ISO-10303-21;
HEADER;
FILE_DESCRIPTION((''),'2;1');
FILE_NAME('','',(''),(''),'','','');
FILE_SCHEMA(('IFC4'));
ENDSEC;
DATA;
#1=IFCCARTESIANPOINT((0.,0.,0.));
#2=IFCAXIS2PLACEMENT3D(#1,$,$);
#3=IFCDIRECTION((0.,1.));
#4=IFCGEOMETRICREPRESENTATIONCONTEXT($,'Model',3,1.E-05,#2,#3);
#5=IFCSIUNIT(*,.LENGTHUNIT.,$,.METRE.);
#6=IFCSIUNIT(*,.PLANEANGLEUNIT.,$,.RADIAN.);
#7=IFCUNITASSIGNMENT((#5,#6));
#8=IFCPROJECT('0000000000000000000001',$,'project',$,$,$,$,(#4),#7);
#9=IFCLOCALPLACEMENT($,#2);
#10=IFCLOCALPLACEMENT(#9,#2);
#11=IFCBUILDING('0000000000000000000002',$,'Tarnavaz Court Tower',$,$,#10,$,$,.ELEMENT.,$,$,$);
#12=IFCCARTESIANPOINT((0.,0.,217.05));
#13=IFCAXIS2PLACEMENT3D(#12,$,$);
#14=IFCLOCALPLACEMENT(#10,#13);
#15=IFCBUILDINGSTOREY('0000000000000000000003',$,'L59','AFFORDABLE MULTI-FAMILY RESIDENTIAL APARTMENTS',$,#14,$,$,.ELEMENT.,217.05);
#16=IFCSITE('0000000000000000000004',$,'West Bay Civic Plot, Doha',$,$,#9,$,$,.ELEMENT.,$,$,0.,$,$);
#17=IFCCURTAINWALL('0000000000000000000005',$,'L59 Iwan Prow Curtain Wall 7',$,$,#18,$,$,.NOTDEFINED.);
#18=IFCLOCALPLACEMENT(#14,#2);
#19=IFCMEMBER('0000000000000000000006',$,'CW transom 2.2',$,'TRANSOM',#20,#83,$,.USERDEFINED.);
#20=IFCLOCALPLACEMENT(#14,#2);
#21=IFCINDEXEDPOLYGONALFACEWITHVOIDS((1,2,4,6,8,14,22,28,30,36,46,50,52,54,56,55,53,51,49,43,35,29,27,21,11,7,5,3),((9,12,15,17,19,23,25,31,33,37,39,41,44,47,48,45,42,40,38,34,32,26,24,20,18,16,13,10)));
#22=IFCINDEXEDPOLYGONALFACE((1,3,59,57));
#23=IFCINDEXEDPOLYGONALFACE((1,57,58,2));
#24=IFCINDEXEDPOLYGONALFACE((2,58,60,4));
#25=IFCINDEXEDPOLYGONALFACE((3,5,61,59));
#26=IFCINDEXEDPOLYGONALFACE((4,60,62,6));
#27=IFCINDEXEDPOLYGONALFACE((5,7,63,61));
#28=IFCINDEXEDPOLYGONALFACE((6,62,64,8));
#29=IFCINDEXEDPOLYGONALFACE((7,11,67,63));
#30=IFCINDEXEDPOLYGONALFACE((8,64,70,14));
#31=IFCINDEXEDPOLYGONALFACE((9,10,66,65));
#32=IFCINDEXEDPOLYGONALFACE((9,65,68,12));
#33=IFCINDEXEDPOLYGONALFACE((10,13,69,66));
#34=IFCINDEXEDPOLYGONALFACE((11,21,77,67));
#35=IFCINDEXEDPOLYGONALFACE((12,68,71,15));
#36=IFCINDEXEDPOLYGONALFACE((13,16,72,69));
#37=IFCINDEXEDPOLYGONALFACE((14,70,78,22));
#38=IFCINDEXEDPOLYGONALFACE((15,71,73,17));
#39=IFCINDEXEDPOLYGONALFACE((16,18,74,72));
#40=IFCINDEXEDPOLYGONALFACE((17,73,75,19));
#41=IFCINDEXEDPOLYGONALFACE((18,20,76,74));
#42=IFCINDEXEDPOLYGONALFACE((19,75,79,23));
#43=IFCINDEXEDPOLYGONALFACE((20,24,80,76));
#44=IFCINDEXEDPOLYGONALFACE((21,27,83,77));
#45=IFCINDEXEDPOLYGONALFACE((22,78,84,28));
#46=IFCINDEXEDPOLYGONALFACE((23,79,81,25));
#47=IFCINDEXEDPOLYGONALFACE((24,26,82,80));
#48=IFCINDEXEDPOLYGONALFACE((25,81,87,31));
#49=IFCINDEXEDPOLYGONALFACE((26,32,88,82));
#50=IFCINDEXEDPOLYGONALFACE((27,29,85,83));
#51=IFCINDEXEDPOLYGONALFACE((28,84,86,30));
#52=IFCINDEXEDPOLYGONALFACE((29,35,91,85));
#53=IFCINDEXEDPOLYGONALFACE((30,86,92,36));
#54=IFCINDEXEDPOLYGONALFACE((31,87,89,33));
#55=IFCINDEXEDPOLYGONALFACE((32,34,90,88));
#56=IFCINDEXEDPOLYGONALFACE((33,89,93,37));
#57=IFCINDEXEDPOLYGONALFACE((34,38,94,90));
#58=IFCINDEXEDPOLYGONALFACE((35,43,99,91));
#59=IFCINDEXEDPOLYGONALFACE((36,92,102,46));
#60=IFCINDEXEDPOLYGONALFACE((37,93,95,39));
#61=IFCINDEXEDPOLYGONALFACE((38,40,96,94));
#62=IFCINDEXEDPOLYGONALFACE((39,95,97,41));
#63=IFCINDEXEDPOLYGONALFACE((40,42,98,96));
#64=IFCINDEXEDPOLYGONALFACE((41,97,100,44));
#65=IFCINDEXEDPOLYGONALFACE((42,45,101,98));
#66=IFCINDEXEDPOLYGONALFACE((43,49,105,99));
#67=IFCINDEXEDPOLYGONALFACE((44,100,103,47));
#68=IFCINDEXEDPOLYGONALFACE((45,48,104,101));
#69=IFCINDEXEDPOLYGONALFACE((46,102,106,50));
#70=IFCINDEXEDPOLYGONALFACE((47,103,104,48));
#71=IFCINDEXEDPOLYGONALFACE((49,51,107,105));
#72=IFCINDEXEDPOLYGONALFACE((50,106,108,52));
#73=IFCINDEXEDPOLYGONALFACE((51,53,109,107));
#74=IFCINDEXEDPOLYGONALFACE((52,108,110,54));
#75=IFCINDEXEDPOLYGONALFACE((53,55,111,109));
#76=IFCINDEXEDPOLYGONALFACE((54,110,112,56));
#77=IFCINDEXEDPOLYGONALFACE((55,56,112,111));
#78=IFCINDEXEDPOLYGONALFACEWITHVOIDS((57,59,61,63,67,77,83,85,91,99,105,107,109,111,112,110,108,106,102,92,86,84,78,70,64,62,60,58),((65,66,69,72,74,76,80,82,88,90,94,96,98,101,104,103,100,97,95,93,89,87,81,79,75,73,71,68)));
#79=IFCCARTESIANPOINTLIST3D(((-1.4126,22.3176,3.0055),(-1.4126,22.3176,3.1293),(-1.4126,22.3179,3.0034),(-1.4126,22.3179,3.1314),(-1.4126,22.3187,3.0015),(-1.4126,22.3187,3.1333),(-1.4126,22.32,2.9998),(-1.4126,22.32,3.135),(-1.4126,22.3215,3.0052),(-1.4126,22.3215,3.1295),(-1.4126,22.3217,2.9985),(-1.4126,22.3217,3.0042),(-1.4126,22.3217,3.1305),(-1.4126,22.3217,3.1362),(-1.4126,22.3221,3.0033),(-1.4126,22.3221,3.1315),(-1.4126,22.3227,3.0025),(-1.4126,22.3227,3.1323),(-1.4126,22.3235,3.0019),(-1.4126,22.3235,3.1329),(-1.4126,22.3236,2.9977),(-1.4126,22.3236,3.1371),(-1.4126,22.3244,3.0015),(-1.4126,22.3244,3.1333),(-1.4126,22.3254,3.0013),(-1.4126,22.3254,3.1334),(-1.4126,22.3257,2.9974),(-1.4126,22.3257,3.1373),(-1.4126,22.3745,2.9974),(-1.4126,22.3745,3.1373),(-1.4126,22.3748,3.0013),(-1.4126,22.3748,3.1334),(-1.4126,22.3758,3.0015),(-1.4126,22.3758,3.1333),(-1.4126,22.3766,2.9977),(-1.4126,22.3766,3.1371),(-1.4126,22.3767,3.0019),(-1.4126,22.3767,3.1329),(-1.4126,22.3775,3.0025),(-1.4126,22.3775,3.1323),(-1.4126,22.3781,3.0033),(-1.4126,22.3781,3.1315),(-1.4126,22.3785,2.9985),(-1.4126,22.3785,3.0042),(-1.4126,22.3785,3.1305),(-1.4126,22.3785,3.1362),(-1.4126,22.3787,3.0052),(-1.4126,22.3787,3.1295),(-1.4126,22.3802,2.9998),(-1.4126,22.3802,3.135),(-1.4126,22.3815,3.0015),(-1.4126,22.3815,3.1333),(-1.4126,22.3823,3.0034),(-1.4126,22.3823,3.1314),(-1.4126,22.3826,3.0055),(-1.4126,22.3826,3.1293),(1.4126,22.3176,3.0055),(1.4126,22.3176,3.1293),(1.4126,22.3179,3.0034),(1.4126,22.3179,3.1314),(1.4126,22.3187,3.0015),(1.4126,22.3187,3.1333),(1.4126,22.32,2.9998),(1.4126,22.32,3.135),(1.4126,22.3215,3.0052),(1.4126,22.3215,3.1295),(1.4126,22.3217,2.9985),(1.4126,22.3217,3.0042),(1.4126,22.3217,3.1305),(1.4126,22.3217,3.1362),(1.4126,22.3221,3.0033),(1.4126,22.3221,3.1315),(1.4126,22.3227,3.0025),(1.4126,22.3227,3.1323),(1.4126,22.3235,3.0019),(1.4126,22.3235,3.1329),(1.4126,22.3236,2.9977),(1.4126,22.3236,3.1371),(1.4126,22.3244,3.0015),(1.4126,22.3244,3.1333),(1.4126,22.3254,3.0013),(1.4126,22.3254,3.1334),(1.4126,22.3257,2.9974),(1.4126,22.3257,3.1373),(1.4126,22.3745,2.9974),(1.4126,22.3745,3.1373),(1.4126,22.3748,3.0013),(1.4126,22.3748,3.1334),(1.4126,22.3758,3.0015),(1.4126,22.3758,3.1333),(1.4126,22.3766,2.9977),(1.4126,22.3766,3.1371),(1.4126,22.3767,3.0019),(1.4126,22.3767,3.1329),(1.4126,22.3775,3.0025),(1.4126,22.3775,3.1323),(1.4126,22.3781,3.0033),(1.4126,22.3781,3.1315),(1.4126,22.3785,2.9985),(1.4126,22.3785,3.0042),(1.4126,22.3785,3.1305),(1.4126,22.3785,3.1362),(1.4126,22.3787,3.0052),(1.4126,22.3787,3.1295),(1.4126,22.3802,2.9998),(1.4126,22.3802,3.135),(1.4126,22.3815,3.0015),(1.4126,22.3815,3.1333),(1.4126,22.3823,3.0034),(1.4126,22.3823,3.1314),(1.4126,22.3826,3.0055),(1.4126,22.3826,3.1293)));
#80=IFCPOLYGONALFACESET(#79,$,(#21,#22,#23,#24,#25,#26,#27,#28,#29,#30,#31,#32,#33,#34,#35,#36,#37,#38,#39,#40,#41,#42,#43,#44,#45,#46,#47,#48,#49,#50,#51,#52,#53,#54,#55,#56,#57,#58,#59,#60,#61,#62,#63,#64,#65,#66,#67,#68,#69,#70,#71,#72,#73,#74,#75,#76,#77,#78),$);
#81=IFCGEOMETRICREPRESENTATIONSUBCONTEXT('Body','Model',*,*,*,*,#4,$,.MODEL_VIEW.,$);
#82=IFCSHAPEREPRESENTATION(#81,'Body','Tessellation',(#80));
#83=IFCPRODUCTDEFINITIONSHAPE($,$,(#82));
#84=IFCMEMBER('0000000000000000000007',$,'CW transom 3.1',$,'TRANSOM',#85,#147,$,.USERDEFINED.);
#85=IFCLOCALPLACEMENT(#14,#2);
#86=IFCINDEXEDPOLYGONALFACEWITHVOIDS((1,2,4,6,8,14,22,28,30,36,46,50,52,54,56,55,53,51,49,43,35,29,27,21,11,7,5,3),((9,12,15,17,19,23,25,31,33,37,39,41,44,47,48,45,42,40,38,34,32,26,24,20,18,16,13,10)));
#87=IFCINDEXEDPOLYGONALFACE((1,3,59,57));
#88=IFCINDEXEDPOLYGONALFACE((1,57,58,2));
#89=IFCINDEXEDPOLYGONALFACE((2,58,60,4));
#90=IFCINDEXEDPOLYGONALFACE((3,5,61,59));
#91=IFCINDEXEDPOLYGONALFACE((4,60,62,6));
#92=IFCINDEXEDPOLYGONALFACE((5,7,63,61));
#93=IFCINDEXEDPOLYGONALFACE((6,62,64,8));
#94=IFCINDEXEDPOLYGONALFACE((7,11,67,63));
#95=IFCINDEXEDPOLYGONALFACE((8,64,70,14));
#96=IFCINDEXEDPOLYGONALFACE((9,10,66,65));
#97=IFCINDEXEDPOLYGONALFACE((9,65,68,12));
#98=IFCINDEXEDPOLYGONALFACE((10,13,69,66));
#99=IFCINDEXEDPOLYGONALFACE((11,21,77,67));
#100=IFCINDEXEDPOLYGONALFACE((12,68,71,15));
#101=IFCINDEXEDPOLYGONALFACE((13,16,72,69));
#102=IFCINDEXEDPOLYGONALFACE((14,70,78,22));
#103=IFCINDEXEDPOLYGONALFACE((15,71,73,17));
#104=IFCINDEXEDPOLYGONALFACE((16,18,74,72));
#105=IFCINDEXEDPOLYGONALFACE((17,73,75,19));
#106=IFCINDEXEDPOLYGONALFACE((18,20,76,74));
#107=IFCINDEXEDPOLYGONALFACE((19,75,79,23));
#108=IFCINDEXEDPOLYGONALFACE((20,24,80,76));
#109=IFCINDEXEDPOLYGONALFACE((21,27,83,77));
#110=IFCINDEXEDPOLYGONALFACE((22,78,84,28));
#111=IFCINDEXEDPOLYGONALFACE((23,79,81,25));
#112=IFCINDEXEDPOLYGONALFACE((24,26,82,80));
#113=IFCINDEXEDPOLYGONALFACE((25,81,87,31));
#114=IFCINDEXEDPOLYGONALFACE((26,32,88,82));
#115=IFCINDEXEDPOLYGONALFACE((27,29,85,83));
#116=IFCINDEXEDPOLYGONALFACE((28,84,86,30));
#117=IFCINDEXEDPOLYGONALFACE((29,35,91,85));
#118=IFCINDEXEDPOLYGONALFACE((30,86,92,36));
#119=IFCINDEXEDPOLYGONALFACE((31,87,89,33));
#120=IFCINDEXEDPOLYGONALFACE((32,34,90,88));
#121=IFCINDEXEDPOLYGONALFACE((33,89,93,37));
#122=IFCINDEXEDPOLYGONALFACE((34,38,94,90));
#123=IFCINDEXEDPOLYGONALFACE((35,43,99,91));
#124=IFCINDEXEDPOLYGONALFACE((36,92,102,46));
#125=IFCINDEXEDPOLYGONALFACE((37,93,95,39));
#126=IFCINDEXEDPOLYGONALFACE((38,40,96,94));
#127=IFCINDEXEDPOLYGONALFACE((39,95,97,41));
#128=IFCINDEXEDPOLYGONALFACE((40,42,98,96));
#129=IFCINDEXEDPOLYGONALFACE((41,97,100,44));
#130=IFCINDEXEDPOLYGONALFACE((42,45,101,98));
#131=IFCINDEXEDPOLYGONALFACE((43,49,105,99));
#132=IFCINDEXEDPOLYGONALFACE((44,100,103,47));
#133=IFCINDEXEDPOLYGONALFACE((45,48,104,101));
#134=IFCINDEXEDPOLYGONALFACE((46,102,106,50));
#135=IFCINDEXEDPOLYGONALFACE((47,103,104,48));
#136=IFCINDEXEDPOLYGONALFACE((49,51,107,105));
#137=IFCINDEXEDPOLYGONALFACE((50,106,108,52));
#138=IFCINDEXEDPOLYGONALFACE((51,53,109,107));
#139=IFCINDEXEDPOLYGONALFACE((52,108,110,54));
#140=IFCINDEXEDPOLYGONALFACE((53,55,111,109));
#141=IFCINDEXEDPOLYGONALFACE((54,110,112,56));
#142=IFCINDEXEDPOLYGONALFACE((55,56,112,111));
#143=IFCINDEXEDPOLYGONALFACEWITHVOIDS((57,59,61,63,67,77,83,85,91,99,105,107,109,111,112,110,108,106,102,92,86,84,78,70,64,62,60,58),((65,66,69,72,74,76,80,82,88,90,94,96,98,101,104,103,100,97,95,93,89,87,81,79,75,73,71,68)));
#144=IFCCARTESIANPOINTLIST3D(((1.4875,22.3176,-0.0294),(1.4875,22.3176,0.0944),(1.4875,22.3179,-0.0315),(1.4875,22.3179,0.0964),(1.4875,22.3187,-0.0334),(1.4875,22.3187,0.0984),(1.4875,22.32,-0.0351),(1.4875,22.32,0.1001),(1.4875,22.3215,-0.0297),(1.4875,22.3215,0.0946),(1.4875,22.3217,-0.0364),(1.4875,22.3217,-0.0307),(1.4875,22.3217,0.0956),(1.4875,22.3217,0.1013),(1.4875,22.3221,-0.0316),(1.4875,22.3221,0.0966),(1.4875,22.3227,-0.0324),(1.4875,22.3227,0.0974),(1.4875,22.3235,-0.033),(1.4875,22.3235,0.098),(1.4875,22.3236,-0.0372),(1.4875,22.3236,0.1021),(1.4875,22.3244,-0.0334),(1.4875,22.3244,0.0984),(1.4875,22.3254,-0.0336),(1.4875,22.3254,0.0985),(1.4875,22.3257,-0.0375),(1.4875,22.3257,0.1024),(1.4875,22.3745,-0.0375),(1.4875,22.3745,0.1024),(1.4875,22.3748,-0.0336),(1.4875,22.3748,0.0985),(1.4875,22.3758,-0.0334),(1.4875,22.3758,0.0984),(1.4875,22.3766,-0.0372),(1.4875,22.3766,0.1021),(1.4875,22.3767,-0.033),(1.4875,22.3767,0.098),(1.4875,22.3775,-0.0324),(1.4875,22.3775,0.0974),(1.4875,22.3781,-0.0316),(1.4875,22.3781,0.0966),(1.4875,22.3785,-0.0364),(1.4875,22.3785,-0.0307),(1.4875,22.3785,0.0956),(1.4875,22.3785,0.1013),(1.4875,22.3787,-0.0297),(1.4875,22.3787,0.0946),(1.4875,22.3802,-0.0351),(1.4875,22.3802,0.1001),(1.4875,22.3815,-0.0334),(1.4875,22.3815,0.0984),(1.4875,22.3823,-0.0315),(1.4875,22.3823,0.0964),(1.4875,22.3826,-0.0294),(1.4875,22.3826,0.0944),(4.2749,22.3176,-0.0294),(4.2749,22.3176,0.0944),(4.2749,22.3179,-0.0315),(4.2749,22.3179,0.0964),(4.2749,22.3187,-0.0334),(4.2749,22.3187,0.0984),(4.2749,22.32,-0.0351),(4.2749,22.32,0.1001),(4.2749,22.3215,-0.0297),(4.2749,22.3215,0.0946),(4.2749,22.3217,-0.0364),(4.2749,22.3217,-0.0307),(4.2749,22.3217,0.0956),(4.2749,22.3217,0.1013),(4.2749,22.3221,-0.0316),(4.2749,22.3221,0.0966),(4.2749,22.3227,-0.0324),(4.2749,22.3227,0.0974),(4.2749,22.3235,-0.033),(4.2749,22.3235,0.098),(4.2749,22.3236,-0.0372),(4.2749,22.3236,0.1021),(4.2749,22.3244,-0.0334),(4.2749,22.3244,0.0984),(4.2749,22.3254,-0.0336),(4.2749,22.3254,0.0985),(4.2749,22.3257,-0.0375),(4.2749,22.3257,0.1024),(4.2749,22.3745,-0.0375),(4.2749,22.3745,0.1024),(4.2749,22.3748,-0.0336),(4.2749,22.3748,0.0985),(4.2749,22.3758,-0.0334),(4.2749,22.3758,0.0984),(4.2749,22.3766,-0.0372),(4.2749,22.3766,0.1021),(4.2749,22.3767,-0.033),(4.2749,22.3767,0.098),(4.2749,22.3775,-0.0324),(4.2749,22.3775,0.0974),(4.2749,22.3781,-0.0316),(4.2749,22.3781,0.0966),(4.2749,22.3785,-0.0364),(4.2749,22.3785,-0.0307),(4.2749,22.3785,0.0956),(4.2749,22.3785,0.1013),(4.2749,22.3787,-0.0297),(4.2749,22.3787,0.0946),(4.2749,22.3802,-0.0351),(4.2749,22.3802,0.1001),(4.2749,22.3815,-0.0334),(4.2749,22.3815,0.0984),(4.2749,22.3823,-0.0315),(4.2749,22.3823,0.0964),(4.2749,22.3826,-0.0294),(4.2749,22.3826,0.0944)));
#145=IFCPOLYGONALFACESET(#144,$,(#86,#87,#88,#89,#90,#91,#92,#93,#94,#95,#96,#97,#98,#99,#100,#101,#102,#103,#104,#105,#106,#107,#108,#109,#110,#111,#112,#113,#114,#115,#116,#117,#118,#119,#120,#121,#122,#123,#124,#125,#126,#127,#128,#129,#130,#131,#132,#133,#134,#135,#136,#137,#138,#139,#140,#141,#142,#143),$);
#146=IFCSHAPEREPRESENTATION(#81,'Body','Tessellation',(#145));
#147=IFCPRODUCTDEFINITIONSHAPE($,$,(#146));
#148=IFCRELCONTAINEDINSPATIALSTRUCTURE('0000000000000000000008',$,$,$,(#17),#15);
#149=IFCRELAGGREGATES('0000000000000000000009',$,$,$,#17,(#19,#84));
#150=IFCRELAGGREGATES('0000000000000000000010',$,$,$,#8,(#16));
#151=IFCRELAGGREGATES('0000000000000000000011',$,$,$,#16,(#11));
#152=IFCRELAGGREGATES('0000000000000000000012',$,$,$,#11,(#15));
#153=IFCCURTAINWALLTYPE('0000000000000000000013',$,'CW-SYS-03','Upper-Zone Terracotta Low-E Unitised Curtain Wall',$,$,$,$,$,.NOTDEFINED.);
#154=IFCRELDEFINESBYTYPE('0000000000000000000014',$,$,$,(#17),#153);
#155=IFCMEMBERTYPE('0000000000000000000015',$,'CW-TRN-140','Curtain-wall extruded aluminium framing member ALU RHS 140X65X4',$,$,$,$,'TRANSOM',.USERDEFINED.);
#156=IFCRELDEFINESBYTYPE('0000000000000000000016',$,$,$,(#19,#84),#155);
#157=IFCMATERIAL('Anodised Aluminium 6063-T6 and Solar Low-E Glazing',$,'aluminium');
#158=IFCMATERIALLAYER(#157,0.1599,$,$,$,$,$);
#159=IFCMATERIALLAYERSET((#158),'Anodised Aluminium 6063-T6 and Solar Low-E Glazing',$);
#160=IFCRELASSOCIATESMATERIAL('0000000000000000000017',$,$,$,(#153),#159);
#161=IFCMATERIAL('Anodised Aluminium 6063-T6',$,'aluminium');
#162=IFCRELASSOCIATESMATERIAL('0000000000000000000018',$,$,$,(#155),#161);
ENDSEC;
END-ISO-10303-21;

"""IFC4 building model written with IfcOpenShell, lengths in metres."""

from ifc_helpers import new_model, si_unit, direction, frame, origin, origin_2d, place, context, subcontext, project, spatial, hollow_rectangle, extrude, material, layer, layer_set, material_profile, profile_set, type_object, element, aggregate, save


model = new_model("IFC4")

# Units and contexts
model_context = context("Model", 3, precision=1e-05, world=origin(), true_north=direction((0.0, 1.0)))
body_context = subcontext(model_context, "Body", "Model", "MODEL_VIEW")
ifc_project = project(units=[si_unit("LENGTHUNIT", "METRE"), si_unit("PLANEANGLEUNIT", "RADIAN")], contexts=[model_context])

# Site, building, storey
site_placement = place(None, origin())
site = spatial("IfcSite", under=ifc_project, at=site_placement, Name="West Bay Civic Plot, Doha", CompositionType="ELEMENT", RefElevation=0.0)
building_placement = place(site_placement, origin())
building = spatial("IfcBuilding", under=site, at=building_placement, Name="Tarnavaz Court Tower", CompositionType="ELEMENT")
storey_placement = place(building_placement, frame((0.0, 0.0, 217.05)))
storey = spatial("IfcBuildingStorey", under=building, at=storey_placement, Name="L59", Description="AFFORDABLE MULTI-FAMILY RESIDENTIAL APARTMENTS", CompositionType="ELEMENT", Elevation=217.05)

# Curtain wall, members
ifc_material_1 = material(Name="Anodised Aluminium 6063-T6 and Solar Low-E Glazing", Category="aluminium")
ifc_layer_1 = layer(ifc_material_1, 0.1599)
ifc_layer_set_1 = layer_set([ifc_layer_1], Name="Anodised Aluminium 6063-T6 and Solar Low-E Glazing")
curtain_wall_type = type_object("IfcCurtainWallType", Name="CW-SYS-03", Description="Upper-Zone Terracotta Low-E Unitised Curtain Wall", PredefinedType="NOTDEFINED", material=ifc_layer_set_1)
curtain_wall_placement = place(storey_placement, origin())
curtain_wall = element("IfcCurtainWall", 1, at=curtain_wall_placement, inside=storey, type_object=curtain_wall_type, Name="L59 Iwan Prow Curtain Wall 7", PredefinedType="NOTDEFINED")
ifc_material_2 = material(Name="Anodised Aluminium 6063-T6", Category="aluminium")
ifc_material_profile_1 = material_profile(ifc_material_2, hollow_rectangle(XDim=0.0649, YDim=0.1399, WallThickness=0.0039, InnerFilletRadius=0.0039, OuterFilletRadius=0.0081, at=origin_2d()), Name="ALU RHS 140X65X4")
ifc_profile_set_1 = profile_set([ifc_material_profile_1], Name="Anodised Aluminium 6063-T6")
member_type_1 = type_object("IfcMemberType", Name="CW-TRN-140", Description="Curtain-wall extruded aluminium framing member ALU RHS 140X65X4", ElementType="TRANSOM", PredefinedType="USERDEFINED", material=ifc_profile_set_1)
member_1_placement = place(storey_placement, frame((-1.4126, 22.3501, 3.0674), z_axis=(1.0, 0.0, 0.0), x_axis=(0.0, 1.0, 0.0)))
member_1 = element("IfcMember", 2, at=member_1_placement, type_object=member_type_1, Name="CW transom 2.2", ObjectType="TRANSOM", PredefinedType="USERDEFINED", context=body_context, shape_type="SweptSolid", body=[
    extrude(hollow_rectangle(XDim=0.0649, YDim=0.1399, WallThickness=0.0039, InnerFilletRadius=0.0039, OuterFilletRadius=0.0081, at=origin_2d()), origin(), (0.0, 0.0, 1.0), 2.8252),
])
member_2_placement = place(storey_placement, frame((1.4875, 22.3501, 0.0325), z_axis=(1.0, 0.0, 0.0), x_axis=(0.0, 1.0, 0.0)))
member_2 = element("IfcMember", 3, at=member_2_placement, type_object=member_type_1, Name="CW transom 3.1", ObjectType="TRANSOM", PredefinedType="USERDEFINED", context=body_context, shape_type="SweptSolid", body=[
    extrude(hollow_rectangle(XDim=0.0649, YDim=0.1399, WallThickness=0.0039, InnerFilletRadius=0.0039, OuterFilletRadius=0.0081, at=origin_2d()), origin(), (0.0, 0.0, 1.0), 2.7874),
])
aggregate(curtain_wall, [member_1, member_2])

save(model, "model.ifc")
